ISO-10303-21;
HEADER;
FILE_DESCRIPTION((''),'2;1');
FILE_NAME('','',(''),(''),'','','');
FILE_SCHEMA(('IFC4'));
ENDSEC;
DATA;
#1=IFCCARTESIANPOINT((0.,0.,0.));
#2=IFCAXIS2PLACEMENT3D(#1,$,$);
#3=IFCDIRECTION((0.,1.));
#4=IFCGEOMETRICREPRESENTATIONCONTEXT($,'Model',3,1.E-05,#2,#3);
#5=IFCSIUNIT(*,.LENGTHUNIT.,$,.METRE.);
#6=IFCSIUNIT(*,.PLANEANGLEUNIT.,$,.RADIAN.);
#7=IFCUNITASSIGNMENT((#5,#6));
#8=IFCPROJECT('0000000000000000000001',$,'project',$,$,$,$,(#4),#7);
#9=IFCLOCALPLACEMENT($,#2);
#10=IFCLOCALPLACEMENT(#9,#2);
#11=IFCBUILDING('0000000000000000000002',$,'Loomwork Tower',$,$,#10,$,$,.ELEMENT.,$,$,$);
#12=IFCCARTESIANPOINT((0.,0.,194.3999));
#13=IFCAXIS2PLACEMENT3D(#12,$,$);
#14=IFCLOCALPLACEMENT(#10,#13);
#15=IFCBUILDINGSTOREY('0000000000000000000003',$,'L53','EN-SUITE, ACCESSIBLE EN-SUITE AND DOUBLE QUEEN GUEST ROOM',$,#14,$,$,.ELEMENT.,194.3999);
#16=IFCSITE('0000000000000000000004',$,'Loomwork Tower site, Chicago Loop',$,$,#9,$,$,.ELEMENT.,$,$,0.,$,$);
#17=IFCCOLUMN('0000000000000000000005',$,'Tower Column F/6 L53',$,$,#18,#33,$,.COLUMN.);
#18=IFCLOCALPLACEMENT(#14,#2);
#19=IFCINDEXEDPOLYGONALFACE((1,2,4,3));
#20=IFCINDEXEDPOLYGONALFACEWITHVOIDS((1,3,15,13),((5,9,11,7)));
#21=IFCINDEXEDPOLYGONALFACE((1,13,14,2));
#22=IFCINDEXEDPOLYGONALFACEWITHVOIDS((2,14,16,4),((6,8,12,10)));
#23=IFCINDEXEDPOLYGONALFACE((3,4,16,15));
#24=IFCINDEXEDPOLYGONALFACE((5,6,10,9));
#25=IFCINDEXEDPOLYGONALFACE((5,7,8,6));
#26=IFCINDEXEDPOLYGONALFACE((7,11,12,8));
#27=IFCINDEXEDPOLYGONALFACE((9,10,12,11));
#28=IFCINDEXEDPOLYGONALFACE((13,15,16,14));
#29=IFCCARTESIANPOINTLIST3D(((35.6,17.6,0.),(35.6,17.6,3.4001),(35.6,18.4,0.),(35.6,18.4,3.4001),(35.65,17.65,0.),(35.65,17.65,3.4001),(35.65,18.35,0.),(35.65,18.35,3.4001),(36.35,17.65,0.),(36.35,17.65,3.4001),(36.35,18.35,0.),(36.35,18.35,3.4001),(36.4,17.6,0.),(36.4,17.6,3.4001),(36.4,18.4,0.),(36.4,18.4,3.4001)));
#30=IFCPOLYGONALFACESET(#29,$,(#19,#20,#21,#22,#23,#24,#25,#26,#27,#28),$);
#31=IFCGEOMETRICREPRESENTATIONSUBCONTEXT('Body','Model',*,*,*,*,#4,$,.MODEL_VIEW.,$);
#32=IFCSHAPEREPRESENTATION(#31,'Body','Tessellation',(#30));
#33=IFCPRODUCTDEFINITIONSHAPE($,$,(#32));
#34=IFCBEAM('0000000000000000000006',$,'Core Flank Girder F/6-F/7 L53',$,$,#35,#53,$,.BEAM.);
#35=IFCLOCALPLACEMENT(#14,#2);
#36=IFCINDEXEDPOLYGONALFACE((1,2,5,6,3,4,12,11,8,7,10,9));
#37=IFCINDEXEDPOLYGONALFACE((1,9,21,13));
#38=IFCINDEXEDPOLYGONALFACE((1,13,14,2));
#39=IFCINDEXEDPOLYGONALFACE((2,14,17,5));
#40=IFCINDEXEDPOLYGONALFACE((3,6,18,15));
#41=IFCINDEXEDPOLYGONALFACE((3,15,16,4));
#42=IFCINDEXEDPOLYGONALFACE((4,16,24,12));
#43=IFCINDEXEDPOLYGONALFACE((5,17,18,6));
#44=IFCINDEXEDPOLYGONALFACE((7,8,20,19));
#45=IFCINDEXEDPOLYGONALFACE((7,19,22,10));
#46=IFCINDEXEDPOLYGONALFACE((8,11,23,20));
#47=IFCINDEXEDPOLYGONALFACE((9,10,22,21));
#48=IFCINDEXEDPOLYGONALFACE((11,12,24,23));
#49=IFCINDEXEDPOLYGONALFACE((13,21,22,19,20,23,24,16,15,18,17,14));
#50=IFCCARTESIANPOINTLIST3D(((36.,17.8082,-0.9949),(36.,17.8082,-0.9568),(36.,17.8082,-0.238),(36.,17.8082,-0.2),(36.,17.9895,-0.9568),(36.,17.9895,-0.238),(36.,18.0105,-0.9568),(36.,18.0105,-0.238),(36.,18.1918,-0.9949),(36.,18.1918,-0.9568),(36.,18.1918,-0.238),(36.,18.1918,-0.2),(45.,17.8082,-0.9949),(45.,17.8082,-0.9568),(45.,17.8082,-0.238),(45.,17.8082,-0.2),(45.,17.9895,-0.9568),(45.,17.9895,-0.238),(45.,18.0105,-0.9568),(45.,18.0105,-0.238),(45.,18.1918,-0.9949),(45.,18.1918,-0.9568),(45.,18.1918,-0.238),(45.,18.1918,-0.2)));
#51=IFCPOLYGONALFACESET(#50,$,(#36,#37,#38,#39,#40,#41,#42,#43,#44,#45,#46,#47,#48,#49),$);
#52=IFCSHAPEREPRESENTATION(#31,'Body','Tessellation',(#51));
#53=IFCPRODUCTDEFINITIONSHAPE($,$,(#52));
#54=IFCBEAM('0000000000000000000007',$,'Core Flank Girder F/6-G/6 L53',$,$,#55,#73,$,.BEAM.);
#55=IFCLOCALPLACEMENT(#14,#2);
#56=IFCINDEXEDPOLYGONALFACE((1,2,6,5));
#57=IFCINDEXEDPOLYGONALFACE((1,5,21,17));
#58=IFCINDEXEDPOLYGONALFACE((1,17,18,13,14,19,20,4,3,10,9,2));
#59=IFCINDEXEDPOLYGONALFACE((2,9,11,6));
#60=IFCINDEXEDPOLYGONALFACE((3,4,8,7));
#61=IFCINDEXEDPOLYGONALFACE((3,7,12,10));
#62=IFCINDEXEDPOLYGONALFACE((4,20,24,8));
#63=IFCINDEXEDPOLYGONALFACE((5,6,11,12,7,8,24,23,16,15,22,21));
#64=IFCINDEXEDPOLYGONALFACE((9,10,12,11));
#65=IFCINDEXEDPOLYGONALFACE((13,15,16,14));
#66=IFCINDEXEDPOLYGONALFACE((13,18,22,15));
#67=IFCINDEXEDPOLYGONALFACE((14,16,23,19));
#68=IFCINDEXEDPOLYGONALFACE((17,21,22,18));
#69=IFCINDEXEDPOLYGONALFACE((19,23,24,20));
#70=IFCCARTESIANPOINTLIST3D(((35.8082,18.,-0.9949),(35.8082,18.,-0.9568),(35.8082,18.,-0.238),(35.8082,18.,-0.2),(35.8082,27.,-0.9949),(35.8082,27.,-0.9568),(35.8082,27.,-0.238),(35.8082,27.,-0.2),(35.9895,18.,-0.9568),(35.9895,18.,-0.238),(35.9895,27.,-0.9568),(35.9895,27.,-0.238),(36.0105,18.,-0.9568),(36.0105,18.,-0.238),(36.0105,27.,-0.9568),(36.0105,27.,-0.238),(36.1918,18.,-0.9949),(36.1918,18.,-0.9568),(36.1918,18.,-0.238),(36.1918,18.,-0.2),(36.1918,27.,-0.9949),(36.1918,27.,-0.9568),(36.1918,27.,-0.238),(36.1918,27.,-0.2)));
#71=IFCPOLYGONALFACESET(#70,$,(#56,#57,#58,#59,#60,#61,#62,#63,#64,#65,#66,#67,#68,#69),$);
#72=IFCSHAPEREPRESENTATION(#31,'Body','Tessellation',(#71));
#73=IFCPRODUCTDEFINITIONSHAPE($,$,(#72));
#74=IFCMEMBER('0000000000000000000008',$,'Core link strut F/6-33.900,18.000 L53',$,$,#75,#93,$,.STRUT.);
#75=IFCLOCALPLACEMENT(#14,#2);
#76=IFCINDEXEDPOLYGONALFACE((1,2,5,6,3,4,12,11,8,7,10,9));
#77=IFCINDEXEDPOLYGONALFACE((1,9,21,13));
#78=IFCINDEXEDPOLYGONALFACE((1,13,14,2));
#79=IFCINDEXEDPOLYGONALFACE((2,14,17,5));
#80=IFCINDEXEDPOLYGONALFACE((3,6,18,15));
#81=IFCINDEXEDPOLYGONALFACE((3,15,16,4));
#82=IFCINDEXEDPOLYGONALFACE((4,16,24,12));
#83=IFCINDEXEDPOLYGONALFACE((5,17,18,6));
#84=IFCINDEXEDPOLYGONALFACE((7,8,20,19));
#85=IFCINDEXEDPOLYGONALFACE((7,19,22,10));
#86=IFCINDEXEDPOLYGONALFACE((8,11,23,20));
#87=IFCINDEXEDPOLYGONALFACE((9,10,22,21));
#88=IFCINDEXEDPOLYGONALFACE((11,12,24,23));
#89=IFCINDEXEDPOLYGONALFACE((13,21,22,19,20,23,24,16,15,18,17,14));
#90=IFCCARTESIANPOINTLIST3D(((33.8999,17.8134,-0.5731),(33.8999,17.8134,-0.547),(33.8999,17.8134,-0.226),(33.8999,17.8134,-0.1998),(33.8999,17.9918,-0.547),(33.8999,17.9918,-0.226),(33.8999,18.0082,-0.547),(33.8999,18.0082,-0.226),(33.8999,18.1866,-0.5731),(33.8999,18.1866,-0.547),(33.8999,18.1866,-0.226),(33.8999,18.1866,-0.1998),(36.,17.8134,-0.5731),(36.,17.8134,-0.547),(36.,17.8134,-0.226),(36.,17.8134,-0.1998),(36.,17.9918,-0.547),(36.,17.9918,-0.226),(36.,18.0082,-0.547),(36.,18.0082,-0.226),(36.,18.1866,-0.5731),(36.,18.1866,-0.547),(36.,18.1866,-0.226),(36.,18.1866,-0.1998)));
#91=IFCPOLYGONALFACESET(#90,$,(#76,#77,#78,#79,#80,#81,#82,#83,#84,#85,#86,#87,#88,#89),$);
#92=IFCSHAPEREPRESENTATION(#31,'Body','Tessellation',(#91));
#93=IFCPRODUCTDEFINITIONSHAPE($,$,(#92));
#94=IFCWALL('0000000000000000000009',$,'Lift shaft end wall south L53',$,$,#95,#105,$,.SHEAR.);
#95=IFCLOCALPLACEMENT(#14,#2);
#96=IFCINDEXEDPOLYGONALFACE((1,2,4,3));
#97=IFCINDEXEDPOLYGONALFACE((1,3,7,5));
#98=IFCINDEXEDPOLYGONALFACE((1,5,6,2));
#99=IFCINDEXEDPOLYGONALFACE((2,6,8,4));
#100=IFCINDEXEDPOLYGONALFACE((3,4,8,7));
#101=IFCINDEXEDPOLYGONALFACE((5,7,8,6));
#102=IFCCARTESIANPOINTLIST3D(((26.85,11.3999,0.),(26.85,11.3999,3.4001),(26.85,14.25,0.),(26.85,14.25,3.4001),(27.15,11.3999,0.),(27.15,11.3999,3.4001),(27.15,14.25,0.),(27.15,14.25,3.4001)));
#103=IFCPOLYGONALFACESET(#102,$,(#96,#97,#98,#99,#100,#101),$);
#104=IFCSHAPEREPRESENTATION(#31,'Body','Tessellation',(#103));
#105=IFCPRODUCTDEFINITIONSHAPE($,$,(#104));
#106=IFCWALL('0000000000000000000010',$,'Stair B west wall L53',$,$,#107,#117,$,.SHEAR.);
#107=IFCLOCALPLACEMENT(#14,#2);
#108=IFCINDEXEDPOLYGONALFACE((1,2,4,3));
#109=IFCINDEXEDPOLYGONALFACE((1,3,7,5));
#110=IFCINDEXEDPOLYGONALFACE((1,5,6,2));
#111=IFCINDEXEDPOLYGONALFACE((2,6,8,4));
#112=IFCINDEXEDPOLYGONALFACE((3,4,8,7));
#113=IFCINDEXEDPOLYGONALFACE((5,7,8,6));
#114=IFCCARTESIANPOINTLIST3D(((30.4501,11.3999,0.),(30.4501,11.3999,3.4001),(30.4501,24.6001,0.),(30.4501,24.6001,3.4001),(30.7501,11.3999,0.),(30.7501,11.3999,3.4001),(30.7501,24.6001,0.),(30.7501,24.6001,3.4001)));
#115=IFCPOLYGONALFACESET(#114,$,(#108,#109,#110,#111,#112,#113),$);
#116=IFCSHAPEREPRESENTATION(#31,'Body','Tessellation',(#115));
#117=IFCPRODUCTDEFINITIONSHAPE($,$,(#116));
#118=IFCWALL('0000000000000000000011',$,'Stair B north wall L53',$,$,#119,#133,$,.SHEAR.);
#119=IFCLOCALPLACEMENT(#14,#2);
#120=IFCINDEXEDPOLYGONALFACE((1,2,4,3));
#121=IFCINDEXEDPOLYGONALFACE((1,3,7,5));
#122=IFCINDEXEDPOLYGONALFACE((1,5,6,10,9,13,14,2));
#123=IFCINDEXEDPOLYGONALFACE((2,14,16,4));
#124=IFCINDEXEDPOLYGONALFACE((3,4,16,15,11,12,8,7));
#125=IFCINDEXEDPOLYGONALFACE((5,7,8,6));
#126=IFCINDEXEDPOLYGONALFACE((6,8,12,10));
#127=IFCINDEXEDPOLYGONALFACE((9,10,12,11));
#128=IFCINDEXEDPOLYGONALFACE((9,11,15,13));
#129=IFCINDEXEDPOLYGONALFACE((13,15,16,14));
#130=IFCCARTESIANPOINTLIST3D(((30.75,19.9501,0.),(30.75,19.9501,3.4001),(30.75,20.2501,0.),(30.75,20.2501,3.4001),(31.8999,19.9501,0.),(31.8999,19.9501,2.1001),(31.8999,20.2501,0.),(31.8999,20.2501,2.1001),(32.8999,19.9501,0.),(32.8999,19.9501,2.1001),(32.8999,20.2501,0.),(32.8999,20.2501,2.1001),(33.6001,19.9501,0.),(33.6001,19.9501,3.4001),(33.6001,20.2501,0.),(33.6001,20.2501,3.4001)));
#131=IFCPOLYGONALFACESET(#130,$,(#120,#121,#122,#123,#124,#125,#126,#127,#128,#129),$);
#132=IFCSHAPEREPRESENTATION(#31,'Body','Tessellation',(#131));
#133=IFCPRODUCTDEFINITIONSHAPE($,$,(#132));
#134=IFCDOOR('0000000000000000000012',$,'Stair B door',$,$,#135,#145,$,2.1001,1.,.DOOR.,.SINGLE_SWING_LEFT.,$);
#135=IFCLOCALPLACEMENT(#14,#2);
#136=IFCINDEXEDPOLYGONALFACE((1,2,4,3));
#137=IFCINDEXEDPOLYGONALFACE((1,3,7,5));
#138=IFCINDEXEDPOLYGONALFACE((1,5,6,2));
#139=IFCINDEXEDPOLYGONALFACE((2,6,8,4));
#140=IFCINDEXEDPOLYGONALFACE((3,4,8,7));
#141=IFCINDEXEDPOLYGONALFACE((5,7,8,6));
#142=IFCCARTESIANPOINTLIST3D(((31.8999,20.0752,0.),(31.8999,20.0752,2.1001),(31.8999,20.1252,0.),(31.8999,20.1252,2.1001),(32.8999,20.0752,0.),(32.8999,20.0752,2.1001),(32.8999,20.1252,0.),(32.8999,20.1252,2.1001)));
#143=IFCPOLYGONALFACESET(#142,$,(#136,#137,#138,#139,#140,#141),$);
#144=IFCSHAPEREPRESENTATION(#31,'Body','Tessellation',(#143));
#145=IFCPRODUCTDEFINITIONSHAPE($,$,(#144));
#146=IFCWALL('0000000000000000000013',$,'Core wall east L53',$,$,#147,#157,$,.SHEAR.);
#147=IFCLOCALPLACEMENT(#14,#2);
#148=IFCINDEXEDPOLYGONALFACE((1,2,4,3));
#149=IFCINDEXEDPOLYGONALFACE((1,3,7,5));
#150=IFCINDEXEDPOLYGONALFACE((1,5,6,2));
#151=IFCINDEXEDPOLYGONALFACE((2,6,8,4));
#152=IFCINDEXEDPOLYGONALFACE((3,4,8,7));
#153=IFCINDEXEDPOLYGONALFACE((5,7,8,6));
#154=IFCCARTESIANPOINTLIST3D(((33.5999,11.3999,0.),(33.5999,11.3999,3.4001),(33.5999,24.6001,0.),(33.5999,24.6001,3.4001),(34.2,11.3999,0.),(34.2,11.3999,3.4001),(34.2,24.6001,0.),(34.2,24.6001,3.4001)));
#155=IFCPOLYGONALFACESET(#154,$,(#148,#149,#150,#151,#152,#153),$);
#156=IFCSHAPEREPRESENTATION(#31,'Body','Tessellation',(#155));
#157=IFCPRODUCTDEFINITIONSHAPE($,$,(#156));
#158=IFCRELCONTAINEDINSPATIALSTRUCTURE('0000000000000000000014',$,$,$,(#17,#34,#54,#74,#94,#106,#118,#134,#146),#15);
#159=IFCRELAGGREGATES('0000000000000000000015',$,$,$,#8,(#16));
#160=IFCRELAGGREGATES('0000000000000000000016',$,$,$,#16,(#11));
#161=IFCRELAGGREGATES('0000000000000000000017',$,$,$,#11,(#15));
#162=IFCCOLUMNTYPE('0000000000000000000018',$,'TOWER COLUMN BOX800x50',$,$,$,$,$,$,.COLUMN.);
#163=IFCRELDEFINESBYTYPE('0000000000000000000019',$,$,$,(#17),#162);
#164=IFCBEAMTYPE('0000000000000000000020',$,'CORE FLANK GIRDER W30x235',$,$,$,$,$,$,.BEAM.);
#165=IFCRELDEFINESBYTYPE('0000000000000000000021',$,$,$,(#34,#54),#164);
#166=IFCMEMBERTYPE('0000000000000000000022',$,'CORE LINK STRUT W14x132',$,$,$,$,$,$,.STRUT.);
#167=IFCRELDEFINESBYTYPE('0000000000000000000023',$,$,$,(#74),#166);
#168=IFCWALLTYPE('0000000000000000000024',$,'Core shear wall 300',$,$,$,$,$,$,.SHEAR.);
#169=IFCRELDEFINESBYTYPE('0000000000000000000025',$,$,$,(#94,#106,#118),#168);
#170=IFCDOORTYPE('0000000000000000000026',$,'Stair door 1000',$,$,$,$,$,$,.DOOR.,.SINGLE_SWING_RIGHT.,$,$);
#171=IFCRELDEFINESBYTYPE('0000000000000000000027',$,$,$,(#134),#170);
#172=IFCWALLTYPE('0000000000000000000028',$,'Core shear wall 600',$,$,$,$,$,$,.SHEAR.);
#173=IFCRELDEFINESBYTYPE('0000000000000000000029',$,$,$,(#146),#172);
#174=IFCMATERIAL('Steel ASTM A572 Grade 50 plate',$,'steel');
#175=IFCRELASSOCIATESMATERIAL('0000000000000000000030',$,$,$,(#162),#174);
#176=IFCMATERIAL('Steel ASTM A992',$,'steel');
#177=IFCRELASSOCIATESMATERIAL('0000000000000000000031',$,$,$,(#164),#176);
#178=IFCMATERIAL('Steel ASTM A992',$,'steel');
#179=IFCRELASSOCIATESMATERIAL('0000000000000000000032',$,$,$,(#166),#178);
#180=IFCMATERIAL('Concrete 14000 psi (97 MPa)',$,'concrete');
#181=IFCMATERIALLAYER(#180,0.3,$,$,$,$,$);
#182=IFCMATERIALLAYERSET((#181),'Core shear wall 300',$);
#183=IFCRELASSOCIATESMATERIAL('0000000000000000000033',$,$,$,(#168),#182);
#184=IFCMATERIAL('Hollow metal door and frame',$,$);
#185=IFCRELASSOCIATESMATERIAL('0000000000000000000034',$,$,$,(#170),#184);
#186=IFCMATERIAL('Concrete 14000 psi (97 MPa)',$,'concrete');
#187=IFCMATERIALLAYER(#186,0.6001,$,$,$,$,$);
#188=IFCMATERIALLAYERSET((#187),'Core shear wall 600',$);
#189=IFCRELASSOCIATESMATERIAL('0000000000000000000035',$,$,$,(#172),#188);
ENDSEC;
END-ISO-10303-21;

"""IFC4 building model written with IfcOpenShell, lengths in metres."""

from ifc_helpers import new_model, si_unit, direction, frame, frame_2d, origin, origin_2d, place, context, subcontext, project, spatial, rectangle, hollow_rectangle, i_section, extrude, material, layer, layer_set, material_profile, profile_set, type_object, element, fill, save


model = new_model("IFC4")

# Units and contexts
model_context = context("Model", 3, precision=1e-05, world=origin(), true_north=direction((0.0, 1.0)))
body_context = subcontext(model_context, "Body", "Model", "MODEL_VIEW")
ifc_project = project(units=[si_unit("LENGTHUNIT", "METRE"), si_unit("PLANEANGLEUNIT", "RADIAN")], contexts=[model_context])

# Site, building, storey
site_placement = place(None, origin())
site = spatial("IfcSite", under=ifc_project, at=site_placement, Name="Loomwork Tower site, Chicago Loop", CompositionType="ELEMENT", RefElevation=0.0)
building_placement = place(site_placement, origin())
building = spatial("IfcBuilding", under=site, at=building_placement, Name="Loomwork Tower", CompositionType="ELEMENT")
storey_placement = place(building_placement, frame((0.0, 0.0, 194.3999)))
storey = spatial("IfcBuildingStorey", under=building, at=storey_placement, Name="L53", Description="EN-SUITE, ACCESSIBLE EN-SUITE AND DOUBLE QUEEN GUEST ROOM", CompositionType="ELEMENT", Elevation=194.3999)

# Column
ifc_material_1 = material(Name="Steel ASTM A572 Grade 50 plate", Category="steel")
ifc_material_profile_1 = material_profile(ifc_material_1, hollow_rectangle(XDim=0.8, YDim=0.8, WallThickness=0.05, at=origin_2d()), Name="BOX800x50")
ifc_profile_set_1 = profile_set([ifc_material_profile_1], Name="Steel ASTM A572 Grade 50 plate")
column_type = type_object("IfcColumnType", Name="TOWER COLUMN BOX800x50", PredefinedType="COLUMN", material=ifc_profile_set_1)
column_placement = place(storey_placement, frame((36.0, 18.0, 0.0), z_axis=(0.0, 0.0, 1.0), x_axis=(0.0, 1.0, 0.0)))
element("IfcColumn", 1, at=column_placement, inside=storey, type_object=column_type, Name="Tower Column F/6 L53", PredefinedType="COLUMN", context=body_context, shape_type="SweptSolid", body=[
    extrude(hollow_rectangle(XDim=0.8, YDim=0.8, WallThickness=0.05, at=origin_2d()), origin(), (0.0, 0.0, 1.0), 3.4001),
])

# Beams
ifc_material_2 = material(Name="Steel ASTM A992", Category="steel")
ifc_material_profile_2 = material_profile(ifc_material_2, i_section(OverallWidth=0.3835, OverallDepth=0.7949, WebThickness=0.021, FlangeThickness=0.0381, at=origin_2d()), Name="W30x235")
ifc_profile_set_2 = profile_set([ifc_material_profile_2], Name="Steel ASTM A992")
beam_type = type_object("IfcBeamType", Name="CORE FLANK GIRDER W30x235", PredefinedType="BEAM", material=ifc_profile_set_2)
for number, where, z_axis, x_axis, name in (
    (2, (36.0, 18.0, -0.5974), (1.0, 0.0, 0.0), (0.0, 1.0, 0.0), "Core Flank Girder F/6-F/7 L53"),
    (3, (36.0, 18.0, -0.5974), (0.0, 1.0, 0.0), (-1.0, 0.0, 0.0), "Core Flank Girder F/6-G/6 L53"),
):
    element("IfcBeam", number, at=place(storey_placement, frame(where, z_axis=z_axis, x_axis=x_axis)), inside=storey, type_object=beam_type, Name=name, PredefinedType="BEAM", context=body_context, shape_type="SweptSolid", body=[
        extrude(i_section(OverallWidth=0.3835, OverallDepth=0.7949, WebThickness=0.021, FlangeThickness=0.0381, at=origin_2d()), origin(), (0.0, 0.0, 1.0), 9.0),
    ])

# Member
ifc_material_3 = material(Name="Steel ASTM A992", Category="steel")
ifc_material_profile_3 = material_profile(ifc_material_3, i_section(OverallWidth=0.3733, OverallDepth=0.3733, WebThickness=0.0164, FlangeThickness=0.0261, at=origin_2d()), Name="W14x132")
ifc_profile_set_3 = profile_set([ifc_material_profile_3], Name="Steel ASTM A992")
member_type = type_object("IfcMemberType", Name="CORE LINK STRUT W14x132", PredefinedType="STRUT", material=ifc_profile_set_3)
member_placement = place(storey_placement, frame((36.0, 18.0, -0.3865), z_axis=(-1.0, 0.0, 0.0), x_axis=(0.0, -1.0, 0.0)))
element("IfcMember", 4, at=member_placement, inside=storey, type_object=member_type, Name="Core link strut F/6-33.900,18.000 L53", PredefinedType="STRUT", context=body_context, shape_type="SweptSolid", body=[
    extrude(i_section(OverallWidth=0.3733, OverallDepth=0.3733, WebThickness=0.0164, FlangeThickness=0.0261, at=origin_2d()), origin(), (0.0, 0.0, 1.0), 2.1001),
])

# Walls
ifc_material_4 = material(Name="Concrete 14000 psi (97 MPa)", Category="concrete")
ifc_layer_1 = layer(ifc_material_4, 0.3)
ifc_layer_set_1 = layer_set([ifc_layer_1], Name="Core shear wall 300")
wall_type_1 = type_object("IfcWallType", Name="Core shear wall 300", PredefinedType="SHEAR", material=ifc_layer_set_1)
wall_1_placement = place(storey_placement, frame((27.0, 11.3999, 0.0), z_axis=(0.0, 0.0, 1.0), x_axis=(0.0, 1.0, 0.0)))
element("IfcWall", 5, at=wall_1_placement, inside=storey, type_object=wall_type_1, Name="Lift shaft end wall south L53", PredefinedType="SHEAR", context=body_context, shape_type="SweptSolid", body=[
    extrude(rectangle(XDim=2.8501, YDim=0.3, at=frame_2d((1.425, 0.0))), origin(), (0.0, 0.0, 1.0), 3.4001),
])
wall_2_placement = place(storey_placement, frame((30.6001, 11.3999, 0.0), z_axis=(0.0, 0.0, 1.0), x_axis=(0.0, 1.0, 0.0)))
element("IfcWall", 6, at=wall_2_placement, inside=storey, type_object=wall_type_1, Name="Stair B west wall L53", PredefinedType="SHEAR", context=body_context, shape_type="SweptSolid", body=[
    extrude(rectangle(XDim=13.2002, YDim=0.3, at=frame_2d((6.6001, 0.0))), origin(), (0.0, 0.0, 1.0), 3.4001),
])

# Wall, opening, door
wall_3_placement = place(storey_placement, frame((30.75, 20.1001, 0.0), z_axis=(0.0, 0.0, 1.0), x_axis=(1.0, 0.0, 0.0)))
wall_3 = element("IfcWall", 7, at=wall_3_placement, inside=storey, type_object=wall_type_1, Name="Stair B north wall L53", PredefinedType="SHEAR", context=body_context, shape_type="SweptSolid", body=[
    extrude(rectangle(XDim=2.8501, YDim=0.3, at=frame_2d((1.425, 0.0))), origin(), (0.0, 0.0, 1.0), 3.4001),
])
opening_1_placement = place(wall_3_placement, frame((1.1499, 0.0, 0.0)))
opening_1 = element("IfcOpeningElement", 8, at=opening_1_placement, cuts=wall_3, PredefinedType="OPENING", context=body_context, shape_type="SweptSolid", body=[
    extrude(rectangle(XDim=1.0, YDim=2.1001, at=frame_2d((0.5, 1.05))), frame((0.0, 0.1599, 0.0), z_axis=(0.0, -1.0, 0.0), x_axis=(1.0, 0.0, 0.0)), (0.0, 0.0, 1.0), 0.3201),
])
ifc_material_5 = material(Name="Hollow metal door and frame")
door_type_1 = type_object("IfcDoorType", Name="Stair door 1000", OperationType="SINGLE_SWING_RIGHT", PredefinedType="DOOR", material=ifc_material_5)
door_1_placement = place(opening_1_placement, frame((1.0, 0.0, 0.0), z_axis=(0.0, 0.0, 1.0), x_axis=(-1.0, 0.0, 0.0)))
door_1 = element("IfcDoor", 9, at=door_1_placement, inside=storey, type_object=door_type_1, Name="Stair B door", OperationType="SINGLE_SWING_LEFT", OverallHeight=2.1001, OverallWidth=1.0, PredefinedType="DOOR", context=body_context, shape_type="SweptSolid", body=[
    extrude(rectangle(XDim=1.0, YDim=2.1001, at=frame_2d((0.5, 1.05))), frame((0.0, 0.0249, 0.0), z_axis=(0.0, -1.0, 0.0), x_axis=(1.0, 0.0, 0.0)), (0.0, 0.0, 1.0), 0.05),
])
fill(opening_1, door_1)

# Wall
ifc_material_6 = material(Name="Concrete 14000 psi (97 MPa)", Category="concrete")
ifc_layer_2 = layer(ifc_material_6, 0.6001)
ifc_layer_set_2 = layer_set([ifc_layer_2], Name="Core shear wall 600")
wall_type_2 = type_object("IfcWallType", Name="Core shear wall 600", PredefinedType="SHEAR", material=ifc_layer_set_2)
wall_4_placement = place(storey_placement, frame((33.8999, 11.3999, 0.0), z_axis=(0.0, 0.0, 1.0), x_axis=(0.0, 1.0, 0.0)))
element("IfcWall", 10, at=wall_4_placement, inside=storey, type_object=wall_type_2, Name="Core wall east L53", PredefinedType="SHEAR", context=body_context, shape_type="SweptSolid", body=[
    extrude(rectangle(XDim=13.2002, YDim=0.6001, at=frame_2d((6.6001, 0.0))), origin(), (0.0, 0.0, 1.0), 3.4001),
])

save(model, "model.ifc")
